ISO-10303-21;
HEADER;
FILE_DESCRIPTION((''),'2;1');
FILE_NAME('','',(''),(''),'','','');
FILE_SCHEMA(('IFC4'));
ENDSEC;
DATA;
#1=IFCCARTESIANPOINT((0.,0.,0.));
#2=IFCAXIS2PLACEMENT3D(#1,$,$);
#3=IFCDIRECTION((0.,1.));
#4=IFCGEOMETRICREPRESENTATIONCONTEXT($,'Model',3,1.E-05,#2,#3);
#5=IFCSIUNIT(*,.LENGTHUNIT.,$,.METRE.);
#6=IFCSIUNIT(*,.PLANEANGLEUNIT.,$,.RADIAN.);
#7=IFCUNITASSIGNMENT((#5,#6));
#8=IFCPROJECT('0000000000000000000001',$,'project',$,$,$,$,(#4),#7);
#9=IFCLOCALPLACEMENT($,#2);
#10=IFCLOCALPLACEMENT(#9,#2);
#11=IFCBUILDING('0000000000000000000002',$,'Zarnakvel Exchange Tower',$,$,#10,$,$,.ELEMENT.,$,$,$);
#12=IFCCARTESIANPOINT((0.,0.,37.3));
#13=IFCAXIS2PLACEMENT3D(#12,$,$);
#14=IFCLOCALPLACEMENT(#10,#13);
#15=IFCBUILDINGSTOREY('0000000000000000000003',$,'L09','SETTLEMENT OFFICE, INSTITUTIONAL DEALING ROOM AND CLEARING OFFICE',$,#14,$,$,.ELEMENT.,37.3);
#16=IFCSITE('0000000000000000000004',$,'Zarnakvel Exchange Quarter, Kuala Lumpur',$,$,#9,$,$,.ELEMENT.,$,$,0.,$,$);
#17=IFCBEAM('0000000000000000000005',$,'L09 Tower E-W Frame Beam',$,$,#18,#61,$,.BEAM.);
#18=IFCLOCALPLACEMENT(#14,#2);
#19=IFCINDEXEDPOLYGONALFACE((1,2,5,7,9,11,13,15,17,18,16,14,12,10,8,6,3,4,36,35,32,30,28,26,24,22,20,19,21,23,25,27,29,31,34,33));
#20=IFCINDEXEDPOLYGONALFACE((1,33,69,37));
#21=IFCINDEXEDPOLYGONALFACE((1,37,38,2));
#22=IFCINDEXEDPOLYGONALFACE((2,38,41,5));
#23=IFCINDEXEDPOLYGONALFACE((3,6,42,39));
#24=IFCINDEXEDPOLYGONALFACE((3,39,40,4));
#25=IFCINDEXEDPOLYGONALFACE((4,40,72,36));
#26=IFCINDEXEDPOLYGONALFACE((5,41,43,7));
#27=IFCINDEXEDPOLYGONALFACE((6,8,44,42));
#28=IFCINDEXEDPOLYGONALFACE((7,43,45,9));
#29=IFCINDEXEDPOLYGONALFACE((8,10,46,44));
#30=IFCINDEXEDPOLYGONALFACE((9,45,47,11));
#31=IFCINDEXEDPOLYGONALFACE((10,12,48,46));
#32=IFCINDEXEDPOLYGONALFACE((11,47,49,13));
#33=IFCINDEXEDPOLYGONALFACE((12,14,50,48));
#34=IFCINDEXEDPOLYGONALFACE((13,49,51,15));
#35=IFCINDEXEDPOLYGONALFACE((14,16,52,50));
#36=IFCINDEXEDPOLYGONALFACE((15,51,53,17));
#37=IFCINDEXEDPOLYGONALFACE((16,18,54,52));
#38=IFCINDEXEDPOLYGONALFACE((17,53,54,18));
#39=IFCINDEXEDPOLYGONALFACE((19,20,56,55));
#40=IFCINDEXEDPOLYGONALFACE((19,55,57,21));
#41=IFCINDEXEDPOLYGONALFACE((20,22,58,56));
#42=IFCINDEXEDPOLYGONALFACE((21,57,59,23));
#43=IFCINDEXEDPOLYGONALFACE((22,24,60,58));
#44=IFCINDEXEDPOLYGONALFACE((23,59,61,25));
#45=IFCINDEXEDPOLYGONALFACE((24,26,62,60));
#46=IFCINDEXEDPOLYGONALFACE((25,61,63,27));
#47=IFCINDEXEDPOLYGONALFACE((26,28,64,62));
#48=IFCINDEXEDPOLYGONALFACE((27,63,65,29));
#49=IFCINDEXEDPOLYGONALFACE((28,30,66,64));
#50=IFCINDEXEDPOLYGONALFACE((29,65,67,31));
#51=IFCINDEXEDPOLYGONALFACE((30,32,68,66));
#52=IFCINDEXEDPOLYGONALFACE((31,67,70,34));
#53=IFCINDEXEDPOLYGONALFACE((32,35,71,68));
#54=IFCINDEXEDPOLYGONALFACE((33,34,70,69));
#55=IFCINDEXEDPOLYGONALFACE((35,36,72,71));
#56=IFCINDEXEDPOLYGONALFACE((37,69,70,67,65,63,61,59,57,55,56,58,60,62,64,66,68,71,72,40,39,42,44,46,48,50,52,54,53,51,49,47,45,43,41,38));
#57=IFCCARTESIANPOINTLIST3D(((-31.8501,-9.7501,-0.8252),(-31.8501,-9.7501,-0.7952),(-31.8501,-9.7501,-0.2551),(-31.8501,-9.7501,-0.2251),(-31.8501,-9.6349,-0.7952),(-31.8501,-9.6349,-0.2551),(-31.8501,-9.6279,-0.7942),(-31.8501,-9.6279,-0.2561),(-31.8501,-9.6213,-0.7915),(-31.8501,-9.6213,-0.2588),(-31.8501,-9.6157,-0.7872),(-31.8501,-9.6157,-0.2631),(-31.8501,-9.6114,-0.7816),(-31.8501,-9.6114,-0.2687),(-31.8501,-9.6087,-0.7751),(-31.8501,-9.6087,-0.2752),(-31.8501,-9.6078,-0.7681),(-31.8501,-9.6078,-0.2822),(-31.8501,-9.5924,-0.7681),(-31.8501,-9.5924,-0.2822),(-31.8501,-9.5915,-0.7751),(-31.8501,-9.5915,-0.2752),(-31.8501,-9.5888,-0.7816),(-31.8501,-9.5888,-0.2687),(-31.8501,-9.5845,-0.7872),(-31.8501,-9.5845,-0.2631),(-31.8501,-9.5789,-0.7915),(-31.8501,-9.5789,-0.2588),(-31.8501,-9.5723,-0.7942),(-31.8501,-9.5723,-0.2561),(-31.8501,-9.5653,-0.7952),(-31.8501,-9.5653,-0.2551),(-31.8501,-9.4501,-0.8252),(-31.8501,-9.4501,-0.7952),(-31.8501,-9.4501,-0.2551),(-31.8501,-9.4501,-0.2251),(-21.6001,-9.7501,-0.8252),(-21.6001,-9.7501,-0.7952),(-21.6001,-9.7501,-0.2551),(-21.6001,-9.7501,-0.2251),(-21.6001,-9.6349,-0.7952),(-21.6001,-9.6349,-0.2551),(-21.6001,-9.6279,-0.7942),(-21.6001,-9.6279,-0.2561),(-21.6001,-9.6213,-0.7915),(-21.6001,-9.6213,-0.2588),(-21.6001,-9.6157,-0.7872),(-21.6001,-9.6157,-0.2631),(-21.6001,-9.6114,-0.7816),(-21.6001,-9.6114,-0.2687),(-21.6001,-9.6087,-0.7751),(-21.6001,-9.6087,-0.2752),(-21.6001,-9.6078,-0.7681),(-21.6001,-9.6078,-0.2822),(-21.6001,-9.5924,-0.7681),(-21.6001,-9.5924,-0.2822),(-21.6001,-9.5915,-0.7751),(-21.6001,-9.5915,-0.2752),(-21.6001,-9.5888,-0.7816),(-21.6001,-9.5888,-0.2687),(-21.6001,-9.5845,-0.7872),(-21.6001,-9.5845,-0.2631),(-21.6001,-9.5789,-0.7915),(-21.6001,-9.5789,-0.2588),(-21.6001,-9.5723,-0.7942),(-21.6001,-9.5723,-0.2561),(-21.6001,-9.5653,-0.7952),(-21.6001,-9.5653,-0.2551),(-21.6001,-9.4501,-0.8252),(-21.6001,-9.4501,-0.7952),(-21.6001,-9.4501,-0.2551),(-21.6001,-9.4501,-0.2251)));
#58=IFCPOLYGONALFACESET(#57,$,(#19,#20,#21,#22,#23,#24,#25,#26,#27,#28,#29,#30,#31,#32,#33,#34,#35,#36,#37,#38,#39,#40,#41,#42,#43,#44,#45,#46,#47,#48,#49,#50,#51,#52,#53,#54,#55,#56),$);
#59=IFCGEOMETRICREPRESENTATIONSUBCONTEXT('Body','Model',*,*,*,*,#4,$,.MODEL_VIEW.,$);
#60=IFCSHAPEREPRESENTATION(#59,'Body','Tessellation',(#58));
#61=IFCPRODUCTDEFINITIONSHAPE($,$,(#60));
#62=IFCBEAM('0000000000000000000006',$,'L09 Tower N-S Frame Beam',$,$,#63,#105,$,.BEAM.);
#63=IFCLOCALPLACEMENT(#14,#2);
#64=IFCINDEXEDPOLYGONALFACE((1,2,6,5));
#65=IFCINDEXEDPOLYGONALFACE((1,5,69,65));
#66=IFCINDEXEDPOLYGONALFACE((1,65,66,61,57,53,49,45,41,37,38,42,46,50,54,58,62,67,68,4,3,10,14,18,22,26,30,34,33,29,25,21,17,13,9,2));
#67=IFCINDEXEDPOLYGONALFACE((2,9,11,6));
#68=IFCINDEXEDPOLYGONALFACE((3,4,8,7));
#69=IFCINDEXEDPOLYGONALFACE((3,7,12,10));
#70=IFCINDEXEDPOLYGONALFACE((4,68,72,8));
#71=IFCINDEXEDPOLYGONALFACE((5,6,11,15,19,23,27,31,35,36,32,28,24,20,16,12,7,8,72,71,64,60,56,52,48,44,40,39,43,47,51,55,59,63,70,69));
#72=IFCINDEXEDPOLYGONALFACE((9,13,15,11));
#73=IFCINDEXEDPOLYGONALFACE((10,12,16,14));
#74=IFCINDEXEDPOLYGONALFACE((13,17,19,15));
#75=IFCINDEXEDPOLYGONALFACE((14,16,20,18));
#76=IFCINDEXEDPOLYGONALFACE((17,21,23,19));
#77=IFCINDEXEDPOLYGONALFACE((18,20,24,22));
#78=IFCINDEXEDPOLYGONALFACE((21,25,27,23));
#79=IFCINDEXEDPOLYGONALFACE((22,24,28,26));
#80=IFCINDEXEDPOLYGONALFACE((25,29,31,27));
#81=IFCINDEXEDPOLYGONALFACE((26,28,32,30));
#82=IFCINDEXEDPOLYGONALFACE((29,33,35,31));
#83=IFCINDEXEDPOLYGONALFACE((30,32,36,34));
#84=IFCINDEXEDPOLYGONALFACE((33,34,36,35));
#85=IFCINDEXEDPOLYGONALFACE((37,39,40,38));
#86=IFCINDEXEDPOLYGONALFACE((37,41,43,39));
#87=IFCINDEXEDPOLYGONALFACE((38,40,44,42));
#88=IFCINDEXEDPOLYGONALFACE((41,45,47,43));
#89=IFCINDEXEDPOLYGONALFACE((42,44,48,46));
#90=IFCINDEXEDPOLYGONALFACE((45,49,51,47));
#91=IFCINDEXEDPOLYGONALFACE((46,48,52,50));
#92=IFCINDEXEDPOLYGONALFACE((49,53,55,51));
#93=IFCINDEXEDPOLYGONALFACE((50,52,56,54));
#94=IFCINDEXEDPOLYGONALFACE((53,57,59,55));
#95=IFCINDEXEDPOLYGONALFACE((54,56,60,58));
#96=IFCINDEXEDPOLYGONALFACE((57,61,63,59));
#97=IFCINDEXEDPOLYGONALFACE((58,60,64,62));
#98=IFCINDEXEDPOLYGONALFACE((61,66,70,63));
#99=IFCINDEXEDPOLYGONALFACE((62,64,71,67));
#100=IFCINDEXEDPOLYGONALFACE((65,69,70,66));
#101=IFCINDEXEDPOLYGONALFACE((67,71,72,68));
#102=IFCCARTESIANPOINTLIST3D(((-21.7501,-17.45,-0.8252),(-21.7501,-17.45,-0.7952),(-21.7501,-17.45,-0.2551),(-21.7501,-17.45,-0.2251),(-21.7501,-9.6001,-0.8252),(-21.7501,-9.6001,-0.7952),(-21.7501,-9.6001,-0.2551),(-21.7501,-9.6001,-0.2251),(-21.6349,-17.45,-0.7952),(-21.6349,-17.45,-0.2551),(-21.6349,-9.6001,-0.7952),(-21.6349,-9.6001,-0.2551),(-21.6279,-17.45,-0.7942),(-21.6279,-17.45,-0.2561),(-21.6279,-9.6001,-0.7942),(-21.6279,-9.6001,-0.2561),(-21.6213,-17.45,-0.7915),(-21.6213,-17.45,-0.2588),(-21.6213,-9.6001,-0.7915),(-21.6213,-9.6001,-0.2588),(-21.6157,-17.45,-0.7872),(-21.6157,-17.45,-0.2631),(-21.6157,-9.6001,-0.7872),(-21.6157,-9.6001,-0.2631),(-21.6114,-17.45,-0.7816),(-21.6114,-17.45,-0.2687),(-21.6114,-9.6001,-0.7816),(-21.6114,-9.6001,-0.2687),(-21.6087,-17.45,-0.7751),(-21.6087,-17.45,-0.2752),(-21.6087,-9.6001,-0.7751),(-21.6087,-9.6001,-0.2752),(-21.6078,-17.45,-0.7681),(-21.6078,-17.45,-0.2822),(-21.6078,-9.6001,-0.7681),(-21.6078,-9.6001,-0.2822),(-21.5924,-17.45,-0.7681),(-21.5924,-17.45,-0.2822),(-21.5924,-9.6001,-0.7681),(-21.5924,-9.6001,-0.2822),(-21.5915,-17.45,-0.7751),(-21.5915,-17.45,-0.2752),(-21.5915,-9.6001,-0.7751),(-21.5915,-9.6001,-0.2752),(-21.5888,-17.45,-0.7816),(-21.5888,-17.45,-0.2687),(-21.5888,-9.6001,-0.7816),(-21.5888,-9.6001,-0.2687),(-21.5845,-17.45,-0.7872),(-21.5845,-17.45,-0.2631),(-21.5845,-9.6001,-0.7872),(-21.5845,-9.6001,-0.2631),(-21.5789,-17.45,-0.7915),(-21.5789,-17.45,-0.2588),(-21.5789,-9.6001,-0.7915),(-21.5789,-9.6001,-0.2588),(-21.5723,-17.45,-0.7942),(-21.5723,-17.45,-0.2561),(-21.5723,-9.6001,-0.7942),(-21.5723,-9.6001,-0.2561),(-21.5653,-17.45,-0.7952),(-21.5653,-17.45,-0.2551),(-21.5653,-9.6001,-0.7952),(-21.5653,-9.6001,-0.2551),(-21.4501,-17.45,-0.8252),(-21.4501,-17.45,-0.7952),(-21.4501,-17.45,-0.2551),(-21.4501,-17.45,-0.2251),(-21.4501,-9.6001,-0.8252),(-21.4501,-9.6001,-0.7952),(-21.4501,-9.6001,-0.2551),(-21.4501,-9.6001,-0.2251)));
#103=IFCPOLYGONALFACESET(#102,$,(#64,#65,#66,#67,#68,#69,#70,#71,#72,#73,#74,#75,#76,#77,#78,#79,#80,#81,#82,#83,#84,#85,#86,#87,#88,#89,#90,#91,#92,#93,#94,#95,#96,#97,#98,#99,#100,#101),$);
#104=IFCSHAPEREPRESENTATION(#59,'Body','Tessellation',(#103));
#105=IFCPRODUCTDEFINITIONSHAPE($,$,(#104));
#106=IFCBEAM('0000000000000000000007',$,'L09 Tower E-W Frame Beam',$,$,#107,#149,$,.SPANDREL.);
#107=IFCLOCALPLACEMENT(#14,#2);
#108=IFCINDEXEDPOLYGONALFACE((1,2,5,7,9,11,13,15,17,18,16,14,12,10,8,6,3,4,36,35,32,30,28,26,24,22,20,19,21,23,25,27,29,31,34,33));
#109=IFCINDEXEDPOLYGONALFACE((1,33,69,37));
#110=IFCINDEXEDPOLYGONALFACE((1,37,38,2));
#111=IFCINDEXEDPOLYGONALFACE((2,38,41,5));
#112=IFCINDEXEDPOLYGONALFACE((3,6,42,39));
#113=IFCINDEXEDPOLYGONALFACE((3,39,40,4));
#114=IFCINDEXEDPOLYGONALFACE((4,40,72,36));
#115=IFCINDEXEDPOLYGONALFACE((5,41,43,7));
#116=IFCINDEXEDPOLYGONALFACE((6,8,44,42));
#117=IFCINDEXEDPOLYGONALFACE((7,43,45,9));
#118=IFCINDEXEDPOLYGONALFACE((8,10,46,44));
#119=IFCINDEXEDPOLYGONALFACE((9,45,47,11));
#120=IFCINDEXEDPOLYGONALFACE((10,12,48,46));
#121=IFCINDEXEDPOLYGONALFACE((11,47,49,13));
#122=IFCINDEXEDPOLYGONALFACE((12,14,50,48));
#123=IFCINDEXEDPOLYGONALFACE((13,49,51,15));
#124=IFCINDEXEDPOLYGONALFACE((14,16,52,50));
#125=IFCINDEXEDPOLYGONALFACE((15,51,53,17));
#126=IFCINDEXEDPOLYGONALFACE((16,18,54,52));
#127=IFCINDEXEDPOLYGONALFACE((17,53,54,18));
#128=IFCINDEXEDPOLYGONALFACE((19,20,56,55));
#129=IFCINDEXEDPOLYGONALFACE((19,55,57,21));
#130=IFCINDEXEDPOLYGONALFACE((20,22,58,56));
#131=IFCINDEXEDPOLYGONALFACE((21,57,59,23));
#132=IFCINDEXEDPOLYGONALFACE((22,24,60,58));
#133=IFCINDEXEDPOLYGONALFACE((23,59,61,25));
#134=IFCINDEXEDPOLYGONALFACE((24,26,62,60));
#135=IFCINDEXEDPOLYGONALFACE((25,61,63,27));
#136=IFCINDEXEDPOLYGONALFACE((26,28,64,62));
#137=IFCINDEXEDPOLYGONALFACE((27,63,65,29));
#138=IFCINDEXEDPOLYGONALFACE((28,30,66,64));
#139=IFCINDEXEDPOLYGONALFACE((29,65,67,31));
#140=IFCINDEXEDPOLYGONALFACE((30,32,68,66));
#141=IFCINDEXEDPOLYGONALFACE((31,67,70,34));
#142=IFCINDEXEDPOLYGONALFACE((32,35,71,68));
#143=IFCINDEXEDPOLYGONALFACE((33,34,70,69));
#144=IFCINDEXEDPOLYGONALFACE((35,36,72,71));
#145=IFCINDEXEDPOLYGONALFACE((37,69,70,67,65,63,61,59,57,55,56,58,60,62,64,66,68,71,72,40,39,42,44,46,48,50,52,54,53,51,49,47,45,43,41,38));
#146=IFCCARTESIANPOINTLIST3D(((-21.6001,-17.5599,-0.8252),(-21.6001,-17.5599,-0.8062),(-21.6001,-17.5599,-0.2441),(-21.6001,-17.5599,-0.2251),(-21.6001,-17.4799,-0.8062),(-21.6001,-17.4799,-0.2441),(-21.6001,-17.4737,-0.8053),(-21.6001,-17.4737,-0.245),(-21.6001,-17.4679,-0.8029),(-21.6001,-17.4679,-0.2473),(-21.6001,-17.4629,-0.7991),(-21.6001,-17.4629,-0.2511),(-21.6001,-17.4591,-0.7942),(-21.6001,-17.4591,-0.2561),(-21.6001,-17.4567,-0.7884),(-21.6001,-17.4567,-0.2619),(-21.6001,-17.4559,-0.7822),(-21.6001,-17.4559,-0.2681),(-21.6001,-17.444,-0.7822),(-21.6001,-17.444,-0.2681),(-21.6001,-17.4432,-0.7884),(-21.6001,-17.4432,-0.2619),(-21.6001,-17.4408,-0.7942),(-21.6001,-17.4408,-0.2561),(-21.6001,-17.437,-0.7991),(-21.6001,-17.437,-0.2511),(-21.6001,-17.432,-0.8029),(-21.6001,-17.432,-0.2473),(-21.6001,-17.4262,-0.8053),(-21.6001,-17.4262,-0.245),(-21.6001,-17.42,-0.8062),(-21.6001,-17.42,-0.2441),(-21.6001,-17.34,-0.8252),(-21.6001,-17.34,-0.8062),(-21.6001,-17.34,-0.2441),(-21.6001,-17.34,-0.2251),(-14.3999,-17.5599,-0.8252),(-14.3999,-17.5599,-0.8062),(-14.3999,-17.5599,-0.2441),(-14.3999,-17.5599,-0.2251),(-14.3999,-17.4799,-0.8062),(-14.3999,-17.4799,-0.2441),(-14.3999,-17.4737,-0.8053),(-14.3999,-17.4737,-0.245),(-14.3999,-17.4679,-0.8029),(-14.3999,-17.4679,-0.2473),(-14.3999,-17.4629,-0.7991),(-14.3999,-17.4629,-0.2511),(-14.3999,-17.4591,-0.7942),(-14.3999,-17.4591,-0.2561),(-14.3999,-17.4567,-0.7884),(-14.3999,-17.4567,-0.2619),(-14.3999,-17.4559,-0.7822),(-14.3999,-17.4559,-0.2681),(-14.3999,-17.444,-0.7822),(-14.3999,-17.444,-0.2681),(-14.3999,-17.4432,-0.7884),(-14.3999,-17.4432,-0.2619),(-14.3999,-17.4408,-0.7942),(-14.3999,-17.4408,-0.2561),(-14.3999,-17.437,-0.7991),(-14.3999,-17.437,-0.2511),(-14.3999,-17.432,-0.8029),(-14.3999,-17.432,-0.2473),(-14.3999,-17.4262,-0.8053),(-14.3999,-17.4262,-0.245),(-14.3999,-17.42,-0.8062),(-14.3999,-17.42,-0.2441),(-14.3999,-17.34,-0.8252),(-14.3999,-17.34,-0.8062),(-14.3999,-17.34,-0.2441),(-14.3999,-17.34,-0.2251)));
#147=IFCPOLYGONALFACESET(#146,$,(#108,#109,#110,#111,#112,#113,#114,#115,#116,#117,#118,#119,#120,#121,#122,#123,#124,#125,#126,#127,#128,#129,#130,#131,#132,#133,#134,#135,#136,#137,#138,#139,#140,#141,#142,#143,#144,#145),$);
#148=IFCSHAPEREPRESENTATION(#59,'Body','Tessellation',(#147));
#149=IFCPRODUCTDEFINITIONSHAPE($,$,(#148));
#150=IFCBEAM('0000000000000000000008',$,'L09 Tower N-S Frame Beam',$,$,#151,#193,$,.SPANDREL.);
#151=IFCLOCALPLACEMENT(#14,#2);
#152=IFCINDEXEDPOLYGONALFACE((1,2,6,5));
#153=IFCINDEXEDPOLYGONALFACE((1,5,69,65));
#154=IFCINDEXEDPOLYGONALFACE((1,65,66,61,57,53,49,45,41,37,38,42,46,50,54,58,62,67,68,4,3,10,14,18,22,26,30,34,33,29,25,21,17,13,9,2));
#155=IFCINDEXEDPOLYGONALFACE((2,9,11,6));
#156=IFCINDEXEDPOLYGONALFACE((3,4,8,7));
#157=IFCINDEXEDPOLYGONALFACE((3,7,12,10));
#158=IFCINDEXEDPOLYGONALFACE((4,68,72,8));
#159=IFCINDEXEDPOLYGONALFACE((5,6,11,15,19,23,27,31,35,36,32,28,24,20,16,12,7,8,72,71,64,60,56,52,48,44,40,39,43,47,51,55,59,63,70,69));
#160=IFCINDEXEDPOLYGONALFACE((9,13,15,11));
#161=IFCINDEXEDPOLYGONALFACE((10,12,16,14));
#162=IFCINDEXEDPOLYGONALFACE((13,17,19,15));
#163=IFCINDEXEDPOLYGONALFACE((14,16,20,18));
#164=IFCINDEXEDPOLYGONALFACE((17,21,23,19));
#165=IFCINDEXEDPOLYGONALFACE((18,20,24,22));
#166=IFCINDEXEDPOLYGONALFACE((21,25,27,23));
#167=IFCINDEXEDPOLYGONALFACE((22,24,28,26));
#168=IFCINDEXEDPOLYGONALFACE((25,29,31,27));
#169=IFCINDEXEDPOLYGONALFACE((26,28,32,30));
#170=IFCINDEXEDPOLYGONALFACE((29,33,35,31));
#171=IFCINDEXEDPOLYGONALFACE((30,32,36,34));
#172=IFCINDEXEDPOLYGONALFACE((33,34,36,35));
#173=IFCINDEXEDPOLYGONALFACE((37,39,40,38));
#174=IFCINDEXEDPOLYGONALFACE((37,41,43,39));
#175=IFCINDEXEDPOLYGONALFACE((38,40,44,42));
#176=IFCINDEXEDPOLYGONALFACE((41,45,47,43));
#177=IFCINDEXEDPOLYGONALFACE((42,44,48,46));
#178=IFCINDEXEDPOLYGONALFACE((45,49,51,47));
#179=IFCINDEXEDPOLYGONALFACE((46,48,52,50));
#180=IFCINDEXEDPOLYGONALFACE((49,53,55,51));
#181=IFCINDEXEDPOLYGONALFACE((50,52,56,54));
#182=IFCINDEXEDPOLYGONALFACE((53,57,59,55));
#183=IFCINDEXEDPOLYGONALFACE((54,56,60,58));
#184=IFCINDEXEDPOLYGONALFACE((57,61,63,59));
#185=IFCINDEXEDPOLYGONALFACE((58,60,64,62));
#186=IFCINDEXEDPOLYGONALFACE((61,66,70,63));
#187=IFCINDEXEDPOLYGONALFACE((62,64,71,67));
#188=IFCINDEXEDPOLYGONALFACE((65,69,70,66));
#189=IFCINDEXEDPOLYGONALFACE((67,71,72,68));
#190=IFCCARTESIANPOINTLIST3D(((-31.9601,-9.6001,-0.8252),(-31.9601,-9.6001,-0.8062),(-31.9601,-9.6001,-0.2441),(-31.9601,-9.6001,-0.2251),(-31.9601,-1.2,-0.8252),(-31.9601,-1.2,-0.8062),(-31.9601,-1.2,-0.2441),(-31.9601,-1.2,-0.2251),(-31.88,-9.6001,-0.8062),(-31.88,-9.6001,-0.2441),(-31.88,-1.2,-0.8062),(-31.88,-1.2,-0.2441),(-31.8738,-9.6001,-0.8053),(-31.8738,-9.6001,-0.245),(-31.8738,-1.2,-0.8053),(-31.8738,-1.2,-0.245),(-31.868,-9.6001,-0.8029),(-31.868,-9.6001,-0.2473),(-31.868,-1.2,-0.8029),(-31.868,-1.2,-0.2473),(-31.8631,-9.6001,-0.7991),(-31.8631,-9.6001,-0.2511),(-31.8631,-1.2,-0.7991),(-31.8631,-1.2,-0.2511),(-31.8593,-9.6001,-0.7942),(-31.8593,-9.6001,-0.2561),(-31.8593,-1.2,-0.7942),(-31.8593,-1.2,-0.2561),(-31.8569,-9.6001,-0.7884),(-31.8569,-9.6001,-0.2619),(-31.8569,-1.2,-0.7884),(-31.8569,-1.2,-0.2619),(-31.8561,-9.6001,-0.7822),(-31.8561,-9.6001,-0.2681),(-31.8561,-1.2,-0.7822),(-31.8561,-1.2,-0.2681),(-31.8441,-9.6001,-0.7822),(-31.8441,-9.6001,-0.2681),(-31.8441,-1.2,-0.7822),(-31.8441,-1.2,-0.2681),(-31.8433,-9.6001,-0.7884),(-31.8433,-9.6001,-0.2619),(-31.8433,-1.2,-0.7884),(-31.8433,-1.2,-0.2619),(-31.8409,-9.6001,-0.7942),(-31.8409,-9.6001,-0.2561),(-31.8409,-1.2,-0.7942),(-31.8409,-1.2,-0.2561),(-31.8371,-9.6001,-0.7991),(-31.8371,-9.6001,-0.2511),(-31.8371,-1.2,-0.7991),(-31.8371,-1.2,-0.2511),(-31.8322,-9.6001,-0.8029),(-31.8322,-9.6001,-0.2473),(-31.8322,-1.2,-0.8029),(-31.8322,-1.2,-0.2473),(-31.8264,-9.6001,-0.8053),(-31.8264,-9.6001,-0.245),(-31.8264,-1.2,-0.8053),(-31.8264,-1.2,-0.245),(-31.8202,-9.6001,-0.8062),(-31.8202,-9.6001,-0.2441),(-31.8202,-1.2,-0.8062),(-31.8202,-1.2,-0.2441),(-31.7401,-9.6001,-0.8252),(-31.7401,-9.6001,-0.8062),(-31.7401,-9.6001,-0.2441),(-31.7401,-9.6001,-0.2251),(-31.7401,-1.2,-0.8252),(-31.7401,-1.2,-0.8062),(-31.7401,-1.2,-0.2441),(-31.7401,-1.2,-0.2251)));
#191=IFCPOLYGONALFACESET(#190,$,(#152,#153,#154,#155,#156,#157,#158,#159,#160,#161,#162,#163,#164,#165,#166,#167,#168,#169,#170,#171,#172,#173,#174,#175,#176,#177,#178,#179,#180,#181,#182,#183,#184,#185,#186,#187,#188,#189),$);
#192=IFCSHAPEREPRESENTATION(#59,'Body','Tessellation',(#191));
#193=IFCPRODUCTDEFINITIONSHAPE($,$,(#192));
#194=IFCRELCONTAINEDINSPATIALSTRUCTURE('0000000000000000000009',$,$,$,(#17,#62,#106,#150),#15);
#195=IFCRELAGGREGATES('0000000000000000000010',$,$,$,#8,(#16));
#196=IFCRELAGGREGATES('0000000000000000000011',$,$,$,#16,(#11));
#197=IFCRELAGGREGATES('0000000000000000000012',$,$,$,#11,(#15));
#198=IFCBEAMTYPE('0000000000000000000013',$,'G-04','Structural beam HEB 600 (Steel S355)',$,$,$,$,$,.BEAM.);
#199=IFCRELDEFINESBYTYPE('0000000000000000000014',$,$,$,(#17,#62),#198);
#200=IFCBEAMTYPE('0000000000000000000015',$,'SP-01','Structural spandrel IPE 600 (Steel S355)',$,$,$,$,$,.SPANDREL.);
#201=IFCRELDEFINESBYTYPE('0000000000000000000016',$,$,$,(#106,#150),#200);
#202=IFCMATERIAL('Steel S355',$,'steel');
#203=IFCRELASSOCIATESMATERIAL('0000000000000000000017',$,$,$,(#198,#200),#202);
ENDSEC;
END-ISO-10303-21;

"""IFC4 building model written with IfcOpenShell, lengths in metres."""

from ifc_helpers import new_model, si_unit, direction, frame, origin, origin_2d, place, context, subcontext, project, spatial, i_section, extrude, material, material_profile, profile_set, type_object, element, save


model = new_model("IFC4")

# Units and contexts
model_context = context("Model", 3, precision=1e-05, world=origin(), true_north=direction((0.0, 1.0)))
body_context = subcontext(model_context, "Body", "Model", "MODEL_VIEW")
ifc_project = project(units=[si_unit("LENGTHUNIT", "METRE"), si_unit("PLANEANGLEUNIT", "RADIAN")], contexts=[model_context])

# Site, building, storey
site_placement = place(None, origin())
site = spatial("IfcSite", under=ifc_project, at=site_placement, Name="Zarnakvel Exchange Quarter, Kuala Lumpur", CompositionType="ELEMENT", RefElevation=0.0)
building_placement = place(site_placement, origin())
building = spatial("IfcBuilding", under=site, at=building_placement, Name="Zarnakvel Exchange Tower", CompositionType="ELEMENT")
storey_placement = place(building_placement, frame((0.0, 0.0, 37.3)))
storey = spatial("IfcBuildingStorey", under=building, at=storey_placement, Name="L09", Description="SETTLEMENT OFFICE, INSTITUTIONAL DEALING ROOM AND CLEARING OFFICE", CompositionType="ELEMENT", Elevation=37.3)

# Shared definitions
ifc_material_1 = material(Name="Steel S355", Category="steel")

# Beams
ifc_material_profile_1 = material_profile(ifc_material_1, i_section(OverallWidth=0.3, OverallDepth=0.6001, WebThickness=0.0154, FlangeThickness=0.03, FilletRadius=0.0271, at=origin_2d()))
ifc_profile_set_1 = profile_set([ifc_material_profile_1], Name="Steel S355")
beam_type_1 = type_object("IfcBeamType", Name="G-04", Description="Structural beam HEB 600 (Steel S355)", PredefinedType="BEAM", material=ifc_profile_set_1)
beam_1_placement = place(storey_placement, frame((-31.8501, -9.6001, -0.5251), z_axis=(1.0, 0.0, 0.0), x_axis=(0.0, 1.0, 0.0)))
element("IfcBeam", 1, at=beam_1_placement, inside=storey, type_object=beam_type_1, Name="L09 Tower E-W Frame Beam", PredefinedType="BEAM", context=body_context, shape_type="SweptSolid", body=[
    extrude(i_section(OverallWidth=0.3, OverallDepth=0.6001, WebThickness=0.0154, FlangeThickness=0.03, FilletRadius=0.0271, at=origin_2d()), origin(), (0.0, 0.0, 1.0), 10.25),
])
beam_2_placement = place(storey_placement, frame((-21.6001, -17.45, -0.5251), z_axis=(0.0, 1.0, 0.0), x_axis=(-1.0, 0.0, 0.0)))
element("IfcBeam", 2, at=beam_2_placement, inside=storey, type_object=beam_type_1, Name="L09 Tower N-S Frame Beam", PredefinedType="BEAM", context=body_context, shape_type="SweptSolid", body=[
    extrude(i_section(OverallWidth=0.3, OverallDepth=0.6001, WebThickness=0.0154, FlangeThickness=0.03, FilletRadius=0.0271, at=origin_2d()), origin(), (0.0, 0.0, 1.0), 7.8499),
])
ifc_material_profile_2 = material_profile(ifc_material_1, i_section(OverallWidth=0.22, OverallDepth=0.6001, WebThickness=0.012, FlangeThickness=0.019, FilletRadius=0.0239, at=origin_2d()))
ifc_profile_set_2 = profile_set([ifc_material_profile_2], Name="Steel S355")
beam_type_2 = type_object("IfcBeamType", Name="SP-01", Description="Structural spandrel IPE 600 (Steel S355)", PredefinedType="SPANDREL", material=ifc_profile_set_2)
beam_3_placement = place(storey_placement, frame((-21.6001, -17.45, -0.5251), z_axis=(1.0, 0.0, 0.0), x_axis=(0.0, 1.0, 0.0)))
element("IfcBeam", 3, at=beam_3_placement, inside=storey, type_object=beam_type_2, Name="L09 Tower E-W Frame Beam", PredefinedType="SPANDREL", context=body_context, shape_type="SweptSolid", body=[
    extrude(i_section(OverallWidth=0.22, OverallDepth=0.6001, WebThickness=0.012, FlangeThickness=0.019, FilletRadius=0.0239, at=origin_2d()), origin(), (0.0, 0.0, 1.0), 7.2002),
])
beam_4_placement = place(storey_placement, frame((-31.8501, -9.6001, -0.5251), z_axis=(0.0, 1.0, 0.0), x_axis=(-1.0, 0.0, 0.0)))
element("IfcBeam", 4, at=beam_4_placement, inside=storey, type_object=beam_type_2, Name="L09 Tower N-S Frame Beam", PredefinedType="SPANDREL", context=body_context, shape_type="SweptSolid", body=[
    extrude(i_section(OverallWidth=0.22, OverallDepth=0.6001, WebThickness=0.012, FlangeThickness=0.019, FilletRadius=0.0239, at=origin_2d()), origin(), (0.0, 0.0, 1.0), 8.4001),
])

save(model, "model.ifc")
